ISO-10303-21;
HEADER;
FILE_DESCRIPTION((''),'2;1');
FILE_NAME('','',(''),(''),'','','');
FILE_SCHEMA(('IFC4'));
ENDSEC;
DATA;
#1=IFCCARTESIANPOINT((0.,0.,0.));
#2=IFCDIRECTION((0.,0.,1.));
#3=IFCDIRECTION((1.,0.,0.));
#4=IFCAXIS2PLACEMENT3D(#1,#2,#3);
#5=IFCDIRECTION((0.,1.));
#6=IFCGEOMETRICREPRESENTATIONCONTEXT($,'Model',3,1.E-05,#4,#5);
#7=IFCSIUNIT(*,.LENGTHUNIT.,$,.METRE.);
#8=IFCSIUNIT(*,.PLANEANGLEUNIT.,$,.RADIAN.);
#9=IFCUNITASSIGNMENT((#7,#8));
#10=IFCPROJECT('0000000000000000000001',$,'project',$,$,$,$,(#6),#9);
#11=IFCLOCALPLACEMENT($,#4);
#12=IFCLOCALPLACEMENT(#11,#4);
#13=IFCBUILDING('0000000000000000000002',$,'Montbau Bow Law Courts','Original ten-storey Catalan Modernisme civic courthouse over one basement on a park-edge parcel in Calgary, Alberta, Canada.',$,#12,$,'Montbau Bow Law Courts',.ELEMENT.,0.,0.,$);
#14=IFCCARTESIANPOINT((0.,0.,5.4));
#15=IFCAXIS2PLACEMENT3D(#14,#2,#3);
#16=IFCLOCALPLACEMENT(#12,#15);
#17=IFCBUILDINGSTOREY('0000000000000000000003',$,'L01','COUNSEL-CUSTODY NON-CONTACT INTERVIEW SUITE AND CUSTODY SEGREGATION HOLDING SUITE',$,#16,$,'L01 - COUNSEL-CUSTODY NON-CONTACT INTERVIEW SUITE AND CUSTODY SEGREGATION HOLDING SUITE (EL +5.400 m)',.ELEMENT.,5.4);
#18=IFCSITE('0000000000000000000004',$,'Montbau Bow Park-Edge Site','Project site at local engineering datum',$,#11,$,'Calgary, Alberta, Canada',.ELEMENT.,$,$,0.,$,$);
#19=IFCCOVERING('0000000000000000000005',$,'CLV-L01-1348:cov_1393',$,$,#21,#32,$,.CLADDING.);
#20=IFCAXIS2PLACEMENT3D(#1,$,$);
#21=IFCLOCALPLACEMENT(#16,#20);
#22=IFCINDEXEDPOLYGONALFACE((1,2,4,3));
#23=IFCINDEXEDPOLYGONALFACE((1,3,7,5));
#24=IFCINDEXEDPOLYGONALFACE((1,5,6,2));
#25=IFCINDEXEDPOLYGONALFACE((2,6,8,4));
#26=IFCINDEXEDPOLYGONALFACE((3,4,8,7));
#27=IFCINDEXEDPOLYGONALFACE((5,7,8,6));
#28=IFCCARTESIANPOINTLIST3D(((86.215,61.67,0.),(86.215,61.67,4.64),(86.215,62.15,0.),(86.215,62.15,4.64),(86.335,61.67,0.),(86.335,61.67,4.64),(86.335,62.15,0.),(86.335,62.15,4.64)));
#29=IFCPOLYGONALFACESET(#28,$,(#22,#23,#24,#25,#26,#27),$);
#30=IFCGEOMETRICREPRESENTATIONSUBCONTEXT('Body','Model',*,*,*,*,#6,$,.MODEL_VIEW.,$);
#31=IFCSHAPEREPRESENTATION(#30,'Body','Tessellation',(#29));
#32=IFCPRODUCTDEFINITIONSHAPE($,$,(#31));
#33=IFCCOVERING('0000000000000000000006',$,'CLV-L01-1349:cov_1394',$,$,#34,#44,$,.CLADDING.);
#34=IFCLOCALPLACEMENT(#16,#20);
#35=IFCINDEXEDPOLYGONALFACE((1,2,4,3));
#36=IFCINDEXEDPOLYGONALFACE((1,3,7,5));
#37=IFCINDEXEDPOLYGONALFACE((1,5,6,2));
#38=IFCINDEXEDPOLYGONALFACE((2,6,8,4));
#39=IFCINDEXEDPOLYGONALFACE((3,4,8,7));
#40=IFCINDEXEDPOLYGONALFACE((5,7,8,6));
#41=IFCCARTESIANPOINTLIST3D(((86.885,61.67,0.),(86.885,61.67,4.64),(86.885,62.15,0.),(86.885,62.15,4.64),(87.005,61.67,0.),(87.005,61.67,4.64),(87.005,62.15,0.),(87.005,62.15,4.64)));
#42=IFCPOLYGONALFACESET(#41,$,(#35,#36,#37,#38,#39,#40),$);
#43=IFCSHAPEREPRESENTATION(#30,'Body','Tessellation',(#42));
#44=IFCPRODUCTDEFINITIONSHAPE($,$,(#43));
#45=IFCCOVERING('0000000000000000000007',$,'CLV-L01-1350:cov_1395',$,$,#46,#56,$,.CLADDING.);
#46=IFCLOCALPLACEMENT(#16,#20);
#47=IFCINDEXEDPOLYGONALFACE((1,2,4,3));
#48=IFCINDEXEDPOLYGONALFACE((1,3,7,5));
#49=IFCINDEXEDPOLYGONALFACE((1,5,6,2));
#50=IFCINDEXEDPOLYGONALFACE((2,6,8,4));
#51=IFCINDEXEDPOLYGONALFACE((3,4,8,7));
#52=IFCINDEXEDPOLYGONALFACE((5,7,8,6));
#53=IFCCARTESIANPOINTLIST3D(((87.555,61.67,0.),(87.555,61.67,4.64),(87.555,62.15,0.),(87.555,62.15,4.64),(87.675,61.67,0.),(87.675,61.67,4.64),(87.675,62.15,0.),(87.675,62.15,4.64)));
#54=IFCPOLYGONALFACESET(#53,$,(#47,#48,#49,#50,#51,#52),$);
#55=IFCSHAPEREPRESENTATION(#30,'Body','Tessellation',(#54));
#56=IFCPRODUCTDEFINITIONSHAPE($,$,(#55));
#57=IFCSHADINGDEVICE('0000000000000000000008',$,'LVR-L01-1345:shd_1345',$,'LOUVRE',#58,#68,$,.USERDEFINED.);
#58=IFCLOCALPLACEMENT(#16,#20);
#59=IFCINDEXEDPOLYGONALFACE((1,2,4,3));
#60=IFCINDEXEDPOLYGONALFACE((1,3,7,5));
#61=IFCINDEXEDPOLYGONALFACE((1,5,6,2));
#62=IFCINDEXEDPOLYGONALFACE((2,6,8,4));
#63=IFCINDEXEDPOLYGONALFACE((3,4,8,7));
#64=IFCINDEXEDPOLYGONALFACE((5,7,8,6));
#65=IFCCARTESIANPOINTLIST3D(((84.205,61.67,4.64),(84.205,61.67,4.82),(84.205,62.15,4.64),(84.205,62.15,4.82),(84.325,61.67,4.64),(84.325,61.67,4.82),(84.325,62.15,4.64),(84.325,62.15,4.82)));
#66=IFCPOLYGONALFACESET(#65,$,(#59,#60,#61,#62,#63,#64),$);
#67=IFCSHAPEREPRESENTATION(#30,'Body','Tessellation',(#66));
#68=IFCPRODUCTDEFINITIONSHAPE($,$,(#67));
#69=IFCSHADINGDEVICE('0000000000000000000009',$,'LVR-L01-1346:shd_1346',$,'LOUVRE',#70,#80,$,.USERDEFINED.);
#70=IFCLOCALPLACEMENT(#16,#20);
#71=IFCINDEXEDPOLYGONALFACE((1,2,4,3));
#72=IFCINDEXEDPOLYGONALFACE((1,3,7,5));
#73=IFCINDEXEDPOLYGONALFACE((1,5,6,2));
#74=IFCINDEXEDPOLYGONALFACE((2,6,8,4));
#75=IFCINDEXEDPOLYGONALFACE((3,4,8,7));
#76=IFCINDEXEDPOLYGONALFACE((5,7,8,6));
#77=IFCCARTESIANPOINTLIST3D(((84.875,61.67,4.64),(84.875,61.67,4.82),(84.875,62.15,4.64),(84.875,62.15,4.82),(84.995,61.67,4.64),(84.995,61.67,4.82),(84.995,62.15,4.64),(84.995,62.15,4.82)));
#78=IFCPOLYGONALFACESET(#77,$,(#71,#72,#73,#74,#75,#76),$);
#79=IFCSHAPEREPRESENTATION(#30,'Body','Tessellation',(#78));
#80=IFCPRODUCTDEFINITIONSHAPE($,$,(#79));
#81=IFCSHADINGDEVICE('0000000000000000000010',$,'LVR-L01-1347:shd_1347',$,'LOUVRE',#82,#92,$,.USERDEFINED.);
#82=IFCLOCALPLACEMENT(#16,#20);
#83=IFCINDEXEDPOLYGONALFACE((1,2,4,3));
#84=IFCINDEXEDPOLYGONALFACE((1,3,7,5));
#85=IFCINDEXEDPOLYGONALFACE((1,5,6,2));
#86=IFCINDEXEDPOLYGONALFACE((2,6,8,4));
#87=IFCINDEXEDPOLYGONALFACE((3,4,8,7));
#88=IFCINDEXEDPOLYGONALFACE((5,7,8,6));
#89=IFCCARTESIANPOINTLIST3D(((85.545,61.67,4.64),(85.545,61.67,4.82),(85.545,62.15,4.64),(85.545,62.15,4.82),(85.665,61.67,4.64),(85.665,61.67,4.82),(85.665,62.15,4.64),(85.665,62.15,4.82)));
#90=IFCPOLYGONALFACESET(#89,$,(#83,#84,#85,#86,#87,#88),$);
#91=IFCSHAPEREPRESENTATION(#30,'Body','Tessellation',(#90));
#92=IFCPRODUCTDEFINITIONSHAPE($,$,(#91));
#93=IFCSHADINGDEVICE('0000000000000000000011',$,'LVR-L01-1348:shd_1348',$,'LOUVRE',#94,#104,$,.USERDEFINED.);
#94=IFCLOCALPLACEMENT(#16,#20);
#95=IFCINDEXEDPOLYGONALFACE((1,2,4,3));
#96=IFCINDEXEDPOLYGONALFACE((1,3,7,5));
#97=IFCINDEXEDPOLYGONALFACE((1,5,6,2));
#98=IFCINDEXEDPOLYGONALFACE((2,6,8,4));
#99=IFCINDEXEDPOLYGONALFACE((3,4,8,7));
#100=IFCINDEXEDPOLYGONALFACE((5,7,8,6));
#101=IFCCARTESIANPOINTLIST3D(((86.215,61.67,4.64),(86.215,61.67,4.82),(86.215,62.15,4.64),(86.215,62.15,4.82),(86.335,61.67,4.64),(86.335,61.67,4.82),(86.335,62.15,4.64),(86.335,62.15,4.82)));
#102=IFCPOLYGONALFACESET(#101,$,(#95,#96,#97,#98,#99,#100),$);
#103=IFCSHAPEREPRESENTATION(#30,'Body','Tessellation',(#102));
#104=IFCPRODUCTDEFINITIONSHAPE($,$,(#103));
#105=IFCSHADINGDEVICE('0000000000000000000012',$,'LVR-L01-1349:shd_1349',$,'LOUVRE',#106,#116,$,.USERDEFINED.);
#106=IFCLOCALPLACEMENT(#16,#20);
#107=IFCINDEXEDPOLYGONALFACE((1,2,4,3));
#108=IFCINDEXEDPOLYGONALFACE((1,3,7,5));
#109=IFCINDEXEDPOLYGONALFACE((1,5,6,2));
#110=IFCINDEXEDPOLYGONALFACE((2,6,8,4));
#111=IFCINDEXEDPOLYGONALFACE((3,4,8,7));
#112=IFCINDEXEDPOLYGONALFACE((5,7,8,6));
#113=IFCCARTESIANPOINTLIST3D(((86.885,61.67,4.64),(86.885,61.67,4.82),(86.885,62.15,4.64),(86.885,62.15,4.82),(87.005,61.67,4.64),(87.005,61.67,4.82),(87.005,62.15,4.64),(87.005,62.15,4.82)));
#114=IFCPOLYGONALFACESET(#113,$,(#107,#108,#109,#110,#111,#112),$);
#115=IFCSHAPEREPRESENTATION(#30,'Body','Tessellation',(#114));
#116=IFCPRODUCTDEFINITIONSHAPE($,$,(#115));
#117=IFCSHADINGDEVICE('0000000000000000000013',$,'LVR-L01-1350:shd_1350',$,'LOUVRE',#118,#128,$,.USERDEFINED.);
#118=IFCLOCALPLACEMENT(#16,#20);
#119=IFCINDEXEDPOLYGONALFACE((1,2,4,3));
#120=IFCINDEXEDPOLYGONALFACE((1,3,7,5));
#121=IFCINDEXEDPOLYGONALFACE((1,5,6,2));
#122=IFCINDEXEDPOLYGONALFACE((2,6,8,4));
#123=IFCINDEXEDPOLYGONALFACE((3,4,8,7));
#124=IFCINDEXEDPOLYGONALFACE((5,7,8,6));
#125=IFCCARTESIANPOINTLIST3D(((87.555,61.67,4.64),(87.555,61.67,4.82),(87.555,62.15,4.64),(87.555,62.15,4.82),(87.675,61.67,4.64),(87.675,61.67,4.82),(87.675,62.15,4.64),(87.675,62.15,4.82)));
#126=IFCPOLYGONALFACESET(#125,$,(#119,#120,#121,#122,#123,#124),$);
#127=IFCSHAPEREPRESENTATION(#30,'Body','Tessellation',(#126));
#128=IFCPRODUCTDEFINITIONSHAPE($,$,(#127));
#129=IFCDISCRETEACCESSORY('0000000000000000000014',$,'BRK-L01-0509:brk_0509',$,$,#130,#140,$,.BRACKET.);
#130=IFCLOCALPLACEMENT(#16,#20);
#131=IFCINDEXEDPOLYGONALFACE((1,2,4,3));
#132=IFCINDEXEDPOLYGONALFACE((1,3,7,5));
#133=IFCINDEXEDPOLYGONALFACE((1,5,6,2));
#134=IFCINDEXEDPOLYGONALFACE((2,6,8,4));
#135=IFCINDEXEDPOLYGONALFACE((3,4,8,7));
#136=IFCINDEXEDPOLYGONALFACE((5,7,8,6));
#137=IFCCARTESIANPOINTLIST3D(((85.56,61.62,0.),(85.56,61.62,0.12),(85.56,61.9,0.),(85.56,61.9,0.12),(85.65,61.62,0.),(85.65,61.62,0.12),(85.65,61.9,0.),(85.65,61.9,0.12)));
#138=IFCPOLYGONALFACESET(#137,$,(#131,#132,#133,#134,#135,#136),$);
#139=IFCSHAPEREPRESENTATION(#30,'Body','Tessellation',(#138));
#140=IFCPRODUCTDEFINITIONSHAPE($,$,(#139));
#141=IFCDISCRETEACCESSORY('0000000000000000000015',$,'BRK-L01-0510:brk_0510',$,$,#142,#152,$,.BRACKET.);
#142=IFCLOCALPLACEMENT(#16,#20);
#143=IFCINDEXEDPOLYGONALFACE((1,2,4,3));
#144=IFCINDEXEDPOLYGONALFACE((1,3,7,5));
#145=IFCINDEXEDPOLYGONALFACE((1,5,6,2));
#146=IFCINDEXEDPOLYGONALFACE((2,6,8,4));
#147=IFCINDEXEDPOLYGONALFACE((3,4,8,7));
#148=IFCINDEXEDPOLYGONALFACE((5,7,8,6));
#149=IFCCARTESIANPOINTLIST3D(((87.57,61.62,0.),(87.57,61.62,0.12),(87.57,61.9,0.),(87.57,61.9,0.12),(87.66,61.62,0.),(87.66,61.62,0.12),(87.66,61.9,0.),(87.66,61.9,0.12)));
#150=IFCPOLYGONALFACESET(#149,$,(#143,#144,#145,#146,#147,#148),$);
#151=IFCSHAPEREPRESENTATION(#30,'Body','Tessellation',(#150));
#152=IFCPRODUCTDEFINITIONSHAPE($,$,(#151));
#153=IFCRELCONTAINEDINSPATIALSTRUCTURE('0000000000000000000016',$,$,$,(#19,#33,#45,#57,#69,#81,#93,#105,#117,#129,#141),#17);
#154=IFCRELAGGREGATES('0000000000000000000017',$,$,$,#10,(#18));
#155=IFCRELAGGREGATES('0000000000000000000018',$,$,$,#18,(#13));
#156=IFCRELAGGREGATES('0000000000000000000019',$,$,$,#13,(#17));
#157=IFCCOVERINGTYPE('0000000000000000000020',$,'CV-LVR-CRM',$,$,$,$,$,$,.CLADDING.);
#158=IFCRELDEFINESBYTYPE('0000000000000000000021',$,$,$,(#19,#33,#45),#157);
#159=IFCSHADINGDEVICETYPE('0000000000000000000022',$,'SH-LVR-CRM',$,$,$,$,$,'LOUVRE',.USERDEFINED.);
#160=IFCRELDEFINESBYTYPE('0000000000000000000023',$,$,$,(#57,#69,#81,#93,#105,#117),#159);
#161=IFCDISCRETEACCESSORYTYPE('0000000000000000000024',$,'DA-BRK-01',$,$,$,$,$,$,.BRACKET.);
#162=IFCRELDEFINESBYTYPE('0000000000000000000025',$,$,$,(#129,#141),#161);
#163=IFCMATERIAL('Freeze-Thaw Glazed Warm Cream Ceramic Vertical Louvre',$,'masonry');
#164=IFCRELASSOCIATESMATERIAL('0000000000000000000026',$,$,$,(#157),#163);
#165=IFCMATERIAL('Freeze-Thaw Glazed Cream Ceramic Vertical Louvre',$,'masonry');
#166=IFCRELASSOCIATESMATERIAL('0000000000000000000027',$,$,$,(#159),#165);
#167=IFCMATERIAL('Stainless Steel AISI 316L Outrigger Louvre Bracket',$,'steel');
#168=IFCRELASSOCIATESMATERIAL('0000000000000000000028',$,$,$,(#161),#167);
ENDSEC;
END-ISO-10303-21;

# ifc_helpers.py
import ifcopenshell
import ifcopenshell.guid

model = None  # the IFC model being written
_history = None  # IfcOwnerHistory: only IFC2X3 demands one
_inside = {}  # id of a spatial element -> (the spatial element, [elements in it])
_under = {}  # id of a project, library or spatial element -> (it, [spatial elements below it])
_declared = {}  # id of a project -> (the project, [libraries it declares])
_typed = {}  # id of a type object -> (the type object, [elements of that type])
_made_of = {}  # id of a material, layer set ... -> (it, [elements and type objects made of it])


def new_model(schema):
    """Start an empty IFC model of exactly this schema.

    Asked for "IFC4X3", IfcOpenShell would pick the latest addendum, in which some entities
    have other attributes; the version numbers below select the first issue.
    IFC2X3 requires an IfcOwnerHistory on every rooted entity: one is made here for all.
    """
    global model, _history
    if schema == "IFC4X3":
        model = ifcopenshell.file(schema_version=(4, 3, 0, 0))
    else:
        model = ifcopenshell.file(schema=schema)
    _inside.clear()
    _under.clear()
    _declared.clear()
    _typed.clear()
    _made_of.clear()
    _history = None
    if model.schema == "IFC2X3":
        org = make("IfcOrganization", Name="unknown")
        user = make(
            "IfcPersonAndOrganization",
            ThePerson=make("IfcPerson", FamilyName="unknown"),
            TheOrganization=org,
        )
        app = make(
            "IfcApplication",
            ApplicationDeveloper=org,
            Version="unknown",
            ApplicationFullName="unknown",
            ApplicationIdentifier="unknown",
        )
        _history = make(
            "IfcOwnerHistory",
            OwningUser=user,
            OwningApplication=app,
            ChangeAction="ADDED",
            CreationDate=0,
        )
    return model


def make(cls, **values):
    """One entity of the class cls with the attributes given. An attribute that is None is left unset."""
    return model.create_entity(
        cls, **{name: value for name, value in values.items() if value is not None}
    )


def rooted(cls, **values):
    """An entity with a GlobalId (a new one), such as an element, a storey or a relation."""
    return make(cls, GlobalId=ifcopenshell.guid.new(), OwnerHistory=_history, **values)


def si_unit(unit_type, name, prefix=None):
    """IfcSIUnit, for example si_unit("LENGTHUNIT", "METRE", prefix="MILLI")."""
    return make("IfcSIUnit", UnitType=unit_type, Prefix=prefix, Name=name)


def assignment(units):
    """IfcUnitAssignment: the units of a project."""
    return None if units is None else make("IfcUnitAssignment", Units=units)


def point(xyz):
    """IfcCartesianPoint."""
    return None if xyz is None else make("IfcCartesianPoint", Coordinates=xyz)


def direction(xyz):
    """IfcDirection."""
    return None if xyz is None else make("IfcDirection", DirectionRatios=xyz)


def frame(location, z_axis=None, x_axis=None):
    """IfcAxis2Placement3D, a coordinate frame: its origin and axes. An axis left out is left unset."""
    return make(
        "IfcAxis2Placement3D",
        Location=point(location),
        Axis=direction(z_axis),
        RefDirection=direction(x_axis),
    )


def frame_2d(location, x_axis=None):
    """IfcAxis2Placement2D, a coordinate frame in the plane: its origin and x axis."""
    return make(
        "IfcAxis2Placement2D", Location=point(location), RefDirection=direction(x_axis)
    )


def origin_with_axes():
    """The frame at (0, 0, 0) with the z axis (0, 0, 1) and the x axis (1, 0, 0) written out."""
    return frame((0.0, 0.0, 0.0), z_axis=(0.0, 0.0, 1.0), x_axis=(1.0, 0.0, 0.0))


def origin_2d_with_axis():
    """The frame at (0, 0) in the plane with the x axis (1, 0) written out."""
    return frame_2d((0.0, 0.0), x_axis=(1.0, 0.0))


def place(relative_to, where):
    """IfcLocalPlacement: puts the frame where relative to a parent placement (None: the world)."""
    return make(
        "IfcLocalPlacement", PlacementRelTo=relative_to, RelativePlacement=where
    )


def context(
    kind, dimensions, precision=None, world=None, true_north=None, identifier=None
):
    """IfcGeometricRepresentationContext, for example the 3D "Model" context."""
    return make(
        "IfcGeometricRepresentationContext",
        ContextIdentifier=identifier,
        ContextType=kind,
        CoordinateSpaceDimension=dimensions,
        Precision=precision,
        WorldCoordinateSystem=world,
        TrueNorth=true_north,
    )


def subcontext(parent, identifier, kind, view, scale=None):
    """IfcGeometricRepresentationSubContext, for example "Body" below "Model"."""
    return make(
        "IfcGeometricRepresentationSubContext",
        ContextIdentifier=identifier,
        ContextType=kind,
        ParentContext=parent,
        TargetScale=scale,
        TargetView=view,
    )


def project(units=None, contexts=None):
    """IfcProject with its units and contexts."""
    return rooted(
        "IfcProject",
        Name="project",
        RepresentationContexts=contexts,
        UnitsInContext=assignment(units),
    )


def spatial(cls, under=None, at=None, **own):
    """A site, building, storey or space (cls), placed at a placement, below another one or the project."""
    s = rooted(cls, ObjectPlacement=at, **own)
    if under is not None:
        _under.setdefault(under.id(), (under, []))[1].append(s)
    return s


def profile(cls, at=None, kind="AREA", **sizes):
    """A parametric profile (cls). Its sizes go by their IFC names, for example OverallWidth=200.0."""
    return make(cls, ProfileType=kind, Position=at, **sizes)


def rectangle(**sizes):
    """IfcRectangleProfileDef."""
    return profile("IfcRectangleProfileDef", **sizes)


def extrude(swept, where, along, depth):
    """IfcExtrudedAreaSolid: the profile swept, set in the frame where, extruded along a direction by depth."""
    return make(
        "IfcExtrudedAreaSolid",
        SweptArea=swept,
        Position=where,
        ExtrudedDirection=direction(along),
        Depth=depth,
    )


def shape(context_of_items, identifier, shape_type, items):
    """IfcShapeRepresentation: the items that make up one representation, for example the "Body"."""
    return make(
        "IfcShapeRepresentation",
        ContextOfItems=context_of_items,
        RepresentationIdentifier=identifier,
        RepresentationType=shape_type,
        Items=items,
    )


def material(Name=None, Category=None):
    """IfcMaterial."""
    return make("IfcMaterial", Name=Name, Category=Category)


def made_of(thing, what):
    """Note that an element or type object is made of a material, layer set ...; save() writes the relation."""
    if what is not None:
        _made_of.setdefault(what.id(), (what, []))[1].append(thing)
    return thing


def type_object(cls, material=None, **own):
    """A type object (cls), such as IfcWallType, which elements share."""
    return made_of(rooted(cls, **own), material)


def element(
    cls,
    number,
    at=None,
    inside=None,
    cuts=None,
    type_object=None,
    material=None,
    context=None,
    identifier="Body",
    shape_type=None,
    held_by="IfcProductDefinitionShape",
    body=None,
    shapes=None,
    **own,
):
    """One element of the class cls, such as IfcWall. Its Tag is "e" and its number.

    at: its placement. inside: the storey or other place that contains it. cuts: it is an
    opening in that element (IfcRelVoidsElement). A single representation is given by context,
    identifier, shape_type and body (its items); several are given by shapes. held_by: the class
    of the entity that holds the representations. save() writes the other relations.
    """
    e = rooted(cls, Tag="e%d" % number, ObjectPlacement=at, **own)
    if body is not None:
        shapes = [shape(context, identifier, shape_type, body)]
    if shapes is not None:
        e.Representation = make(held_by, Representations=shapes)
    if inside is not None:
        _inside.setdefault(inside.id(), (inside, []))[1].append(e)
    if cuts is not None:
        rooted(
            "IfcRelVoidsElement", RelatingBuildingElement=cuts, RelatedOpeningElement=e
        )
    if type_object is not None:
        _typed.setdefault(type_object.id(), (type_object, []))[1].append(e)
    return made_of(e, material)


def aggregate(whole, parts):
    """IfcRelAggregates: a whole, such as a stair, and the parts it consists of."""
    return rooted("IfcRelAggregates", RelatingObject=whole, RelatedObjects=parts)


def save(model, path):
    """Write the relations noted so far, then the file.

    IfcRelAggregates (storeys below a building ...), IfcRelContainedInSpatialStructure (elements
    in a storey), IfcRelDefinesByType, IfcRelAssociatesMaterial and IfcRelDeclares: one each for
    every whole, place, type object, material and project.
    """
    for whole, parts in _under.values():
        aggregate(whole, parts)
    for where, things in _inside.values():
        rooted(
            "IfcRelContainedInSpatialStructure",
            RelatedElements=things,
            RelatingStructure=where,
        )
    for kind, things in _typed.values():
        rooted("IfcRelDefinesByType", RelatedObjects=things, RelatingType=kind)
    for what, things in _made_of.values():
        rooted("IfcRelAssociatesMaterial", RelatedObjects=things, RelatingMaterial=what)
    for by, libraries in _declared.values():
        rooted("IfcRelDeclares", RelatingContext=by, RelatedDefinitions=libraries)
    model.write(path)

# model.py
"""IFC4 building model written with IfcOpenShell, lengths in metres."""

from ifc_helpers import new_model, si_unit, direction, frame, frame_2d, origin_with_axes, origin_2d_with_axis, place, context, subcontext, project, spatial, rectangle, extrude, material, type_object, element, save


model = new_model("IFC4")

# Units and contexts
model_context = context("Model", 3, precision=1e-05, world=origin_with_axes(), true_north=direction((0.0, 1.0)))
body_context = subcontext(model_context, "Body", "Model", "MODEL_VIEW")
ifc_project = project(units=[si_unit("LENGTHUNIT", "METRE"), si_unit("PLANEANGLEUNIT", "RADIAN")], contexts=[model_context])

# Site, building, storey
site_placement = place(None, origin_with_axes())
site = spatial("IfcSite", under=ifc_project, at=site_placement, Name="Montbau Bow Park-Edge Site", Description="Project site at local engineering datum", LongName="Calgary, Alberta, Canada", CompositionType="ELEMENT", RefElevation=0.0)
building_placement = place(site_placement, origin_with_axes())
building = spatial("IfcBuilding", under=site, at=building_placement, Name="Montbau Bow Law Courts", Description="Original ten-storey Catalan Modernisme civic courthouse over one basement on a park-edge parcel in Calgary, Alberta, Canada.", LongName="Montbau Bow Law Courts", CompositionType="ELEMENT", ElevationOfRefHeight=0.0, ElevationOfTerrain=0.0)
storey_placement = place(building_placement, frame((0.0, 0.0, 5.4), z_axis=(0.0, 0.0, 1.0), x_axis=(1.0, 0.0, 0.0)))
storey = spatial("IfcBuildingStorey", under=building, at=storey_placement, Name="L01", Description="COUNSEL-CUSTODY NON-CONTACT INTERVIEW SUITE AND CUSTODY SEGREGATION HOLDING SUITE", LongName="L01 - COUNSEL-CUSTODY NON-CONTACT INTERVIEW SUITE AND CUSTODY SEGREGATION HOLDING SUITE (EL +5.400 m)", CompositionType="ELEMENT", Elevation=5.4)

# Coverings
ifc_material_1 = material(Name="Freeze-Thaw Glazed Warm Cream Ceramic Vertical Louvre", Category="masonry")
covering_type = type_object("IfcCoveringType", Name="CV-LVR-CRM", PredefinedType="CLADDING", material=ifc_material_1)
for number, where, z_axis, x_axis, name in (
    (1, (86.275, 61.67, 5.4), (1.0, 0.0, 0.0), (0.0, 1.0, 0.0), "CLV-L01-1348:cov_1393"),
    (2, (86.945, 61.67, 5.4), (1.0, 0.0, 0.0), (0.0, 1.0, 0.0), "CLV-L01-1349:cov_1394"),
    (3, (87.615, 61.67, 5.4), (1.0, 0.0, 0.0), (0.0, 1.0, 0.0), "CLV-L01-1350:cov_1395"),
):
    element("IfcCovering", number, at=place(None, frame(where, z_axis=z_axis, x_axis=x_axis)), inside=storey, type_object=covering_type, Name=name, PredefinedType="CLADDING", context=body_context, shape_type="SweptSolid", body=[
        extrude(rectangle(XDim=0.48, YDim=4.64, at=frame_2d((0.24, 2.32), x_axis=(1.0, 0.0))), frame((0.0, 0.0, -0.06), z_axis=(0.0, 0.0, 1.0), x_axis=(1.0, 0.0, 0.0)), (0.0, 0.0, 1.0), 0.12),
    ])

# Shading devices
ifc_material_2 = material(Name="Freeze-Thaw Glazed Cream Ceramic Vertical Louvre", Category="masonry")
shading_device_type = type_object("IfcShadingDeviceType", Name="SH-LVR-CRM", ElementType="LOUVRE", PredefinedType="USERDEFINED", material=ifc_material_2)
for number, where, z_axis, x_axis, name in (
    (4, (84.265, 61.91, 10.04), (0.0, 0.0, 1.0), (0.0, 1.0, 0.0), "LVR-L01-1345:shd_1345"),
    (5, (84.935, 61.91, 10.04), (0.0, 0.0, 1.0), (0.0, 1.0, 0.0), "LVR-L01-1346:shd_1346"),
    (6, (85.605, 61.91, 10.04), (0.0, 0.0, 1.0), (0.0, 1.0, 0.0), "LVR-L01-1347:shd_1347"),
    (7, (86.275, 61.91, 10.04), (0.0, 0.0, 1.0), (0.0, 1.0, 0.0), "LVR-L01-1348:shd_1348"),
    (8, (86.945, 61.91, 10.04), (0.0, 0.0, 1.0), (0.0, 1.0, 0.0), "LVR-L01-1349:shd_1349"),
    (9, (87.615, 61.91, 10.04), (0.0, 0.0, 1.0), (0.0, 1.0, 0.0), "LVR-L01-1350:shd_1350"),
):
    element("IfcShadingDevice", number, at=place(None, frame(where, z_axis=z_axis, x_axis=x_axis)), inside=storey, type_object=shading_device_type, Name=name, ObjectType="LOUVRE", PredefinedType="USERDEFINED", context=body_context, shape_type="SweptSolid", body=[
        extrude(rectangle(XDim=0.48, YDim=0.12, at=origin_2d_with_axis()), origin_with_axes(), (0.0, 0.0, 1.0), 0.18),
    ])

# Discrete accessories
ifc_material_3 = material(Name="Stainless Steel AISI 316L Outrigger Louvre Bracket", Category="steel")
discrete_accessory_type = type_object("IfcDiscreteAccessoryType", Name="DA-BRK-01", PredefinedType="BRACKET", material=ifc_material_3)
for number, where, z_axis, x_axis, name in (
    (10, (85.605, 61.76, 5.4), (0.0, 0.0, 1.0), (0.0, 1.0, 0.0), "BRK-L01-0509:brk_0509"),
    (11, (87.615, 61.76, 5.4), (0.0, 0.0, 1.0), (0.0, 1.0, 0.0), "BRK-L01-0510:brk_0510"),
):
    element("IfcDiscreteAccessory", number, at=place(None, frame(where, z_axis=z_axis, x_axis=x_axis)), inside=storey, type_object=discrete_accessory_type, Name=name, PredefinedType="BRACKET", context=body_context, shape_type="SweptSolid", body=[
        extrude(rectangle(XDim=0.28, YDim=0.09, at=origin_2d_with_axis()), origin_with_axes(), (0.0, 0.0, 1.0), 0.12),
    ])

save(model, "model.ifc")
